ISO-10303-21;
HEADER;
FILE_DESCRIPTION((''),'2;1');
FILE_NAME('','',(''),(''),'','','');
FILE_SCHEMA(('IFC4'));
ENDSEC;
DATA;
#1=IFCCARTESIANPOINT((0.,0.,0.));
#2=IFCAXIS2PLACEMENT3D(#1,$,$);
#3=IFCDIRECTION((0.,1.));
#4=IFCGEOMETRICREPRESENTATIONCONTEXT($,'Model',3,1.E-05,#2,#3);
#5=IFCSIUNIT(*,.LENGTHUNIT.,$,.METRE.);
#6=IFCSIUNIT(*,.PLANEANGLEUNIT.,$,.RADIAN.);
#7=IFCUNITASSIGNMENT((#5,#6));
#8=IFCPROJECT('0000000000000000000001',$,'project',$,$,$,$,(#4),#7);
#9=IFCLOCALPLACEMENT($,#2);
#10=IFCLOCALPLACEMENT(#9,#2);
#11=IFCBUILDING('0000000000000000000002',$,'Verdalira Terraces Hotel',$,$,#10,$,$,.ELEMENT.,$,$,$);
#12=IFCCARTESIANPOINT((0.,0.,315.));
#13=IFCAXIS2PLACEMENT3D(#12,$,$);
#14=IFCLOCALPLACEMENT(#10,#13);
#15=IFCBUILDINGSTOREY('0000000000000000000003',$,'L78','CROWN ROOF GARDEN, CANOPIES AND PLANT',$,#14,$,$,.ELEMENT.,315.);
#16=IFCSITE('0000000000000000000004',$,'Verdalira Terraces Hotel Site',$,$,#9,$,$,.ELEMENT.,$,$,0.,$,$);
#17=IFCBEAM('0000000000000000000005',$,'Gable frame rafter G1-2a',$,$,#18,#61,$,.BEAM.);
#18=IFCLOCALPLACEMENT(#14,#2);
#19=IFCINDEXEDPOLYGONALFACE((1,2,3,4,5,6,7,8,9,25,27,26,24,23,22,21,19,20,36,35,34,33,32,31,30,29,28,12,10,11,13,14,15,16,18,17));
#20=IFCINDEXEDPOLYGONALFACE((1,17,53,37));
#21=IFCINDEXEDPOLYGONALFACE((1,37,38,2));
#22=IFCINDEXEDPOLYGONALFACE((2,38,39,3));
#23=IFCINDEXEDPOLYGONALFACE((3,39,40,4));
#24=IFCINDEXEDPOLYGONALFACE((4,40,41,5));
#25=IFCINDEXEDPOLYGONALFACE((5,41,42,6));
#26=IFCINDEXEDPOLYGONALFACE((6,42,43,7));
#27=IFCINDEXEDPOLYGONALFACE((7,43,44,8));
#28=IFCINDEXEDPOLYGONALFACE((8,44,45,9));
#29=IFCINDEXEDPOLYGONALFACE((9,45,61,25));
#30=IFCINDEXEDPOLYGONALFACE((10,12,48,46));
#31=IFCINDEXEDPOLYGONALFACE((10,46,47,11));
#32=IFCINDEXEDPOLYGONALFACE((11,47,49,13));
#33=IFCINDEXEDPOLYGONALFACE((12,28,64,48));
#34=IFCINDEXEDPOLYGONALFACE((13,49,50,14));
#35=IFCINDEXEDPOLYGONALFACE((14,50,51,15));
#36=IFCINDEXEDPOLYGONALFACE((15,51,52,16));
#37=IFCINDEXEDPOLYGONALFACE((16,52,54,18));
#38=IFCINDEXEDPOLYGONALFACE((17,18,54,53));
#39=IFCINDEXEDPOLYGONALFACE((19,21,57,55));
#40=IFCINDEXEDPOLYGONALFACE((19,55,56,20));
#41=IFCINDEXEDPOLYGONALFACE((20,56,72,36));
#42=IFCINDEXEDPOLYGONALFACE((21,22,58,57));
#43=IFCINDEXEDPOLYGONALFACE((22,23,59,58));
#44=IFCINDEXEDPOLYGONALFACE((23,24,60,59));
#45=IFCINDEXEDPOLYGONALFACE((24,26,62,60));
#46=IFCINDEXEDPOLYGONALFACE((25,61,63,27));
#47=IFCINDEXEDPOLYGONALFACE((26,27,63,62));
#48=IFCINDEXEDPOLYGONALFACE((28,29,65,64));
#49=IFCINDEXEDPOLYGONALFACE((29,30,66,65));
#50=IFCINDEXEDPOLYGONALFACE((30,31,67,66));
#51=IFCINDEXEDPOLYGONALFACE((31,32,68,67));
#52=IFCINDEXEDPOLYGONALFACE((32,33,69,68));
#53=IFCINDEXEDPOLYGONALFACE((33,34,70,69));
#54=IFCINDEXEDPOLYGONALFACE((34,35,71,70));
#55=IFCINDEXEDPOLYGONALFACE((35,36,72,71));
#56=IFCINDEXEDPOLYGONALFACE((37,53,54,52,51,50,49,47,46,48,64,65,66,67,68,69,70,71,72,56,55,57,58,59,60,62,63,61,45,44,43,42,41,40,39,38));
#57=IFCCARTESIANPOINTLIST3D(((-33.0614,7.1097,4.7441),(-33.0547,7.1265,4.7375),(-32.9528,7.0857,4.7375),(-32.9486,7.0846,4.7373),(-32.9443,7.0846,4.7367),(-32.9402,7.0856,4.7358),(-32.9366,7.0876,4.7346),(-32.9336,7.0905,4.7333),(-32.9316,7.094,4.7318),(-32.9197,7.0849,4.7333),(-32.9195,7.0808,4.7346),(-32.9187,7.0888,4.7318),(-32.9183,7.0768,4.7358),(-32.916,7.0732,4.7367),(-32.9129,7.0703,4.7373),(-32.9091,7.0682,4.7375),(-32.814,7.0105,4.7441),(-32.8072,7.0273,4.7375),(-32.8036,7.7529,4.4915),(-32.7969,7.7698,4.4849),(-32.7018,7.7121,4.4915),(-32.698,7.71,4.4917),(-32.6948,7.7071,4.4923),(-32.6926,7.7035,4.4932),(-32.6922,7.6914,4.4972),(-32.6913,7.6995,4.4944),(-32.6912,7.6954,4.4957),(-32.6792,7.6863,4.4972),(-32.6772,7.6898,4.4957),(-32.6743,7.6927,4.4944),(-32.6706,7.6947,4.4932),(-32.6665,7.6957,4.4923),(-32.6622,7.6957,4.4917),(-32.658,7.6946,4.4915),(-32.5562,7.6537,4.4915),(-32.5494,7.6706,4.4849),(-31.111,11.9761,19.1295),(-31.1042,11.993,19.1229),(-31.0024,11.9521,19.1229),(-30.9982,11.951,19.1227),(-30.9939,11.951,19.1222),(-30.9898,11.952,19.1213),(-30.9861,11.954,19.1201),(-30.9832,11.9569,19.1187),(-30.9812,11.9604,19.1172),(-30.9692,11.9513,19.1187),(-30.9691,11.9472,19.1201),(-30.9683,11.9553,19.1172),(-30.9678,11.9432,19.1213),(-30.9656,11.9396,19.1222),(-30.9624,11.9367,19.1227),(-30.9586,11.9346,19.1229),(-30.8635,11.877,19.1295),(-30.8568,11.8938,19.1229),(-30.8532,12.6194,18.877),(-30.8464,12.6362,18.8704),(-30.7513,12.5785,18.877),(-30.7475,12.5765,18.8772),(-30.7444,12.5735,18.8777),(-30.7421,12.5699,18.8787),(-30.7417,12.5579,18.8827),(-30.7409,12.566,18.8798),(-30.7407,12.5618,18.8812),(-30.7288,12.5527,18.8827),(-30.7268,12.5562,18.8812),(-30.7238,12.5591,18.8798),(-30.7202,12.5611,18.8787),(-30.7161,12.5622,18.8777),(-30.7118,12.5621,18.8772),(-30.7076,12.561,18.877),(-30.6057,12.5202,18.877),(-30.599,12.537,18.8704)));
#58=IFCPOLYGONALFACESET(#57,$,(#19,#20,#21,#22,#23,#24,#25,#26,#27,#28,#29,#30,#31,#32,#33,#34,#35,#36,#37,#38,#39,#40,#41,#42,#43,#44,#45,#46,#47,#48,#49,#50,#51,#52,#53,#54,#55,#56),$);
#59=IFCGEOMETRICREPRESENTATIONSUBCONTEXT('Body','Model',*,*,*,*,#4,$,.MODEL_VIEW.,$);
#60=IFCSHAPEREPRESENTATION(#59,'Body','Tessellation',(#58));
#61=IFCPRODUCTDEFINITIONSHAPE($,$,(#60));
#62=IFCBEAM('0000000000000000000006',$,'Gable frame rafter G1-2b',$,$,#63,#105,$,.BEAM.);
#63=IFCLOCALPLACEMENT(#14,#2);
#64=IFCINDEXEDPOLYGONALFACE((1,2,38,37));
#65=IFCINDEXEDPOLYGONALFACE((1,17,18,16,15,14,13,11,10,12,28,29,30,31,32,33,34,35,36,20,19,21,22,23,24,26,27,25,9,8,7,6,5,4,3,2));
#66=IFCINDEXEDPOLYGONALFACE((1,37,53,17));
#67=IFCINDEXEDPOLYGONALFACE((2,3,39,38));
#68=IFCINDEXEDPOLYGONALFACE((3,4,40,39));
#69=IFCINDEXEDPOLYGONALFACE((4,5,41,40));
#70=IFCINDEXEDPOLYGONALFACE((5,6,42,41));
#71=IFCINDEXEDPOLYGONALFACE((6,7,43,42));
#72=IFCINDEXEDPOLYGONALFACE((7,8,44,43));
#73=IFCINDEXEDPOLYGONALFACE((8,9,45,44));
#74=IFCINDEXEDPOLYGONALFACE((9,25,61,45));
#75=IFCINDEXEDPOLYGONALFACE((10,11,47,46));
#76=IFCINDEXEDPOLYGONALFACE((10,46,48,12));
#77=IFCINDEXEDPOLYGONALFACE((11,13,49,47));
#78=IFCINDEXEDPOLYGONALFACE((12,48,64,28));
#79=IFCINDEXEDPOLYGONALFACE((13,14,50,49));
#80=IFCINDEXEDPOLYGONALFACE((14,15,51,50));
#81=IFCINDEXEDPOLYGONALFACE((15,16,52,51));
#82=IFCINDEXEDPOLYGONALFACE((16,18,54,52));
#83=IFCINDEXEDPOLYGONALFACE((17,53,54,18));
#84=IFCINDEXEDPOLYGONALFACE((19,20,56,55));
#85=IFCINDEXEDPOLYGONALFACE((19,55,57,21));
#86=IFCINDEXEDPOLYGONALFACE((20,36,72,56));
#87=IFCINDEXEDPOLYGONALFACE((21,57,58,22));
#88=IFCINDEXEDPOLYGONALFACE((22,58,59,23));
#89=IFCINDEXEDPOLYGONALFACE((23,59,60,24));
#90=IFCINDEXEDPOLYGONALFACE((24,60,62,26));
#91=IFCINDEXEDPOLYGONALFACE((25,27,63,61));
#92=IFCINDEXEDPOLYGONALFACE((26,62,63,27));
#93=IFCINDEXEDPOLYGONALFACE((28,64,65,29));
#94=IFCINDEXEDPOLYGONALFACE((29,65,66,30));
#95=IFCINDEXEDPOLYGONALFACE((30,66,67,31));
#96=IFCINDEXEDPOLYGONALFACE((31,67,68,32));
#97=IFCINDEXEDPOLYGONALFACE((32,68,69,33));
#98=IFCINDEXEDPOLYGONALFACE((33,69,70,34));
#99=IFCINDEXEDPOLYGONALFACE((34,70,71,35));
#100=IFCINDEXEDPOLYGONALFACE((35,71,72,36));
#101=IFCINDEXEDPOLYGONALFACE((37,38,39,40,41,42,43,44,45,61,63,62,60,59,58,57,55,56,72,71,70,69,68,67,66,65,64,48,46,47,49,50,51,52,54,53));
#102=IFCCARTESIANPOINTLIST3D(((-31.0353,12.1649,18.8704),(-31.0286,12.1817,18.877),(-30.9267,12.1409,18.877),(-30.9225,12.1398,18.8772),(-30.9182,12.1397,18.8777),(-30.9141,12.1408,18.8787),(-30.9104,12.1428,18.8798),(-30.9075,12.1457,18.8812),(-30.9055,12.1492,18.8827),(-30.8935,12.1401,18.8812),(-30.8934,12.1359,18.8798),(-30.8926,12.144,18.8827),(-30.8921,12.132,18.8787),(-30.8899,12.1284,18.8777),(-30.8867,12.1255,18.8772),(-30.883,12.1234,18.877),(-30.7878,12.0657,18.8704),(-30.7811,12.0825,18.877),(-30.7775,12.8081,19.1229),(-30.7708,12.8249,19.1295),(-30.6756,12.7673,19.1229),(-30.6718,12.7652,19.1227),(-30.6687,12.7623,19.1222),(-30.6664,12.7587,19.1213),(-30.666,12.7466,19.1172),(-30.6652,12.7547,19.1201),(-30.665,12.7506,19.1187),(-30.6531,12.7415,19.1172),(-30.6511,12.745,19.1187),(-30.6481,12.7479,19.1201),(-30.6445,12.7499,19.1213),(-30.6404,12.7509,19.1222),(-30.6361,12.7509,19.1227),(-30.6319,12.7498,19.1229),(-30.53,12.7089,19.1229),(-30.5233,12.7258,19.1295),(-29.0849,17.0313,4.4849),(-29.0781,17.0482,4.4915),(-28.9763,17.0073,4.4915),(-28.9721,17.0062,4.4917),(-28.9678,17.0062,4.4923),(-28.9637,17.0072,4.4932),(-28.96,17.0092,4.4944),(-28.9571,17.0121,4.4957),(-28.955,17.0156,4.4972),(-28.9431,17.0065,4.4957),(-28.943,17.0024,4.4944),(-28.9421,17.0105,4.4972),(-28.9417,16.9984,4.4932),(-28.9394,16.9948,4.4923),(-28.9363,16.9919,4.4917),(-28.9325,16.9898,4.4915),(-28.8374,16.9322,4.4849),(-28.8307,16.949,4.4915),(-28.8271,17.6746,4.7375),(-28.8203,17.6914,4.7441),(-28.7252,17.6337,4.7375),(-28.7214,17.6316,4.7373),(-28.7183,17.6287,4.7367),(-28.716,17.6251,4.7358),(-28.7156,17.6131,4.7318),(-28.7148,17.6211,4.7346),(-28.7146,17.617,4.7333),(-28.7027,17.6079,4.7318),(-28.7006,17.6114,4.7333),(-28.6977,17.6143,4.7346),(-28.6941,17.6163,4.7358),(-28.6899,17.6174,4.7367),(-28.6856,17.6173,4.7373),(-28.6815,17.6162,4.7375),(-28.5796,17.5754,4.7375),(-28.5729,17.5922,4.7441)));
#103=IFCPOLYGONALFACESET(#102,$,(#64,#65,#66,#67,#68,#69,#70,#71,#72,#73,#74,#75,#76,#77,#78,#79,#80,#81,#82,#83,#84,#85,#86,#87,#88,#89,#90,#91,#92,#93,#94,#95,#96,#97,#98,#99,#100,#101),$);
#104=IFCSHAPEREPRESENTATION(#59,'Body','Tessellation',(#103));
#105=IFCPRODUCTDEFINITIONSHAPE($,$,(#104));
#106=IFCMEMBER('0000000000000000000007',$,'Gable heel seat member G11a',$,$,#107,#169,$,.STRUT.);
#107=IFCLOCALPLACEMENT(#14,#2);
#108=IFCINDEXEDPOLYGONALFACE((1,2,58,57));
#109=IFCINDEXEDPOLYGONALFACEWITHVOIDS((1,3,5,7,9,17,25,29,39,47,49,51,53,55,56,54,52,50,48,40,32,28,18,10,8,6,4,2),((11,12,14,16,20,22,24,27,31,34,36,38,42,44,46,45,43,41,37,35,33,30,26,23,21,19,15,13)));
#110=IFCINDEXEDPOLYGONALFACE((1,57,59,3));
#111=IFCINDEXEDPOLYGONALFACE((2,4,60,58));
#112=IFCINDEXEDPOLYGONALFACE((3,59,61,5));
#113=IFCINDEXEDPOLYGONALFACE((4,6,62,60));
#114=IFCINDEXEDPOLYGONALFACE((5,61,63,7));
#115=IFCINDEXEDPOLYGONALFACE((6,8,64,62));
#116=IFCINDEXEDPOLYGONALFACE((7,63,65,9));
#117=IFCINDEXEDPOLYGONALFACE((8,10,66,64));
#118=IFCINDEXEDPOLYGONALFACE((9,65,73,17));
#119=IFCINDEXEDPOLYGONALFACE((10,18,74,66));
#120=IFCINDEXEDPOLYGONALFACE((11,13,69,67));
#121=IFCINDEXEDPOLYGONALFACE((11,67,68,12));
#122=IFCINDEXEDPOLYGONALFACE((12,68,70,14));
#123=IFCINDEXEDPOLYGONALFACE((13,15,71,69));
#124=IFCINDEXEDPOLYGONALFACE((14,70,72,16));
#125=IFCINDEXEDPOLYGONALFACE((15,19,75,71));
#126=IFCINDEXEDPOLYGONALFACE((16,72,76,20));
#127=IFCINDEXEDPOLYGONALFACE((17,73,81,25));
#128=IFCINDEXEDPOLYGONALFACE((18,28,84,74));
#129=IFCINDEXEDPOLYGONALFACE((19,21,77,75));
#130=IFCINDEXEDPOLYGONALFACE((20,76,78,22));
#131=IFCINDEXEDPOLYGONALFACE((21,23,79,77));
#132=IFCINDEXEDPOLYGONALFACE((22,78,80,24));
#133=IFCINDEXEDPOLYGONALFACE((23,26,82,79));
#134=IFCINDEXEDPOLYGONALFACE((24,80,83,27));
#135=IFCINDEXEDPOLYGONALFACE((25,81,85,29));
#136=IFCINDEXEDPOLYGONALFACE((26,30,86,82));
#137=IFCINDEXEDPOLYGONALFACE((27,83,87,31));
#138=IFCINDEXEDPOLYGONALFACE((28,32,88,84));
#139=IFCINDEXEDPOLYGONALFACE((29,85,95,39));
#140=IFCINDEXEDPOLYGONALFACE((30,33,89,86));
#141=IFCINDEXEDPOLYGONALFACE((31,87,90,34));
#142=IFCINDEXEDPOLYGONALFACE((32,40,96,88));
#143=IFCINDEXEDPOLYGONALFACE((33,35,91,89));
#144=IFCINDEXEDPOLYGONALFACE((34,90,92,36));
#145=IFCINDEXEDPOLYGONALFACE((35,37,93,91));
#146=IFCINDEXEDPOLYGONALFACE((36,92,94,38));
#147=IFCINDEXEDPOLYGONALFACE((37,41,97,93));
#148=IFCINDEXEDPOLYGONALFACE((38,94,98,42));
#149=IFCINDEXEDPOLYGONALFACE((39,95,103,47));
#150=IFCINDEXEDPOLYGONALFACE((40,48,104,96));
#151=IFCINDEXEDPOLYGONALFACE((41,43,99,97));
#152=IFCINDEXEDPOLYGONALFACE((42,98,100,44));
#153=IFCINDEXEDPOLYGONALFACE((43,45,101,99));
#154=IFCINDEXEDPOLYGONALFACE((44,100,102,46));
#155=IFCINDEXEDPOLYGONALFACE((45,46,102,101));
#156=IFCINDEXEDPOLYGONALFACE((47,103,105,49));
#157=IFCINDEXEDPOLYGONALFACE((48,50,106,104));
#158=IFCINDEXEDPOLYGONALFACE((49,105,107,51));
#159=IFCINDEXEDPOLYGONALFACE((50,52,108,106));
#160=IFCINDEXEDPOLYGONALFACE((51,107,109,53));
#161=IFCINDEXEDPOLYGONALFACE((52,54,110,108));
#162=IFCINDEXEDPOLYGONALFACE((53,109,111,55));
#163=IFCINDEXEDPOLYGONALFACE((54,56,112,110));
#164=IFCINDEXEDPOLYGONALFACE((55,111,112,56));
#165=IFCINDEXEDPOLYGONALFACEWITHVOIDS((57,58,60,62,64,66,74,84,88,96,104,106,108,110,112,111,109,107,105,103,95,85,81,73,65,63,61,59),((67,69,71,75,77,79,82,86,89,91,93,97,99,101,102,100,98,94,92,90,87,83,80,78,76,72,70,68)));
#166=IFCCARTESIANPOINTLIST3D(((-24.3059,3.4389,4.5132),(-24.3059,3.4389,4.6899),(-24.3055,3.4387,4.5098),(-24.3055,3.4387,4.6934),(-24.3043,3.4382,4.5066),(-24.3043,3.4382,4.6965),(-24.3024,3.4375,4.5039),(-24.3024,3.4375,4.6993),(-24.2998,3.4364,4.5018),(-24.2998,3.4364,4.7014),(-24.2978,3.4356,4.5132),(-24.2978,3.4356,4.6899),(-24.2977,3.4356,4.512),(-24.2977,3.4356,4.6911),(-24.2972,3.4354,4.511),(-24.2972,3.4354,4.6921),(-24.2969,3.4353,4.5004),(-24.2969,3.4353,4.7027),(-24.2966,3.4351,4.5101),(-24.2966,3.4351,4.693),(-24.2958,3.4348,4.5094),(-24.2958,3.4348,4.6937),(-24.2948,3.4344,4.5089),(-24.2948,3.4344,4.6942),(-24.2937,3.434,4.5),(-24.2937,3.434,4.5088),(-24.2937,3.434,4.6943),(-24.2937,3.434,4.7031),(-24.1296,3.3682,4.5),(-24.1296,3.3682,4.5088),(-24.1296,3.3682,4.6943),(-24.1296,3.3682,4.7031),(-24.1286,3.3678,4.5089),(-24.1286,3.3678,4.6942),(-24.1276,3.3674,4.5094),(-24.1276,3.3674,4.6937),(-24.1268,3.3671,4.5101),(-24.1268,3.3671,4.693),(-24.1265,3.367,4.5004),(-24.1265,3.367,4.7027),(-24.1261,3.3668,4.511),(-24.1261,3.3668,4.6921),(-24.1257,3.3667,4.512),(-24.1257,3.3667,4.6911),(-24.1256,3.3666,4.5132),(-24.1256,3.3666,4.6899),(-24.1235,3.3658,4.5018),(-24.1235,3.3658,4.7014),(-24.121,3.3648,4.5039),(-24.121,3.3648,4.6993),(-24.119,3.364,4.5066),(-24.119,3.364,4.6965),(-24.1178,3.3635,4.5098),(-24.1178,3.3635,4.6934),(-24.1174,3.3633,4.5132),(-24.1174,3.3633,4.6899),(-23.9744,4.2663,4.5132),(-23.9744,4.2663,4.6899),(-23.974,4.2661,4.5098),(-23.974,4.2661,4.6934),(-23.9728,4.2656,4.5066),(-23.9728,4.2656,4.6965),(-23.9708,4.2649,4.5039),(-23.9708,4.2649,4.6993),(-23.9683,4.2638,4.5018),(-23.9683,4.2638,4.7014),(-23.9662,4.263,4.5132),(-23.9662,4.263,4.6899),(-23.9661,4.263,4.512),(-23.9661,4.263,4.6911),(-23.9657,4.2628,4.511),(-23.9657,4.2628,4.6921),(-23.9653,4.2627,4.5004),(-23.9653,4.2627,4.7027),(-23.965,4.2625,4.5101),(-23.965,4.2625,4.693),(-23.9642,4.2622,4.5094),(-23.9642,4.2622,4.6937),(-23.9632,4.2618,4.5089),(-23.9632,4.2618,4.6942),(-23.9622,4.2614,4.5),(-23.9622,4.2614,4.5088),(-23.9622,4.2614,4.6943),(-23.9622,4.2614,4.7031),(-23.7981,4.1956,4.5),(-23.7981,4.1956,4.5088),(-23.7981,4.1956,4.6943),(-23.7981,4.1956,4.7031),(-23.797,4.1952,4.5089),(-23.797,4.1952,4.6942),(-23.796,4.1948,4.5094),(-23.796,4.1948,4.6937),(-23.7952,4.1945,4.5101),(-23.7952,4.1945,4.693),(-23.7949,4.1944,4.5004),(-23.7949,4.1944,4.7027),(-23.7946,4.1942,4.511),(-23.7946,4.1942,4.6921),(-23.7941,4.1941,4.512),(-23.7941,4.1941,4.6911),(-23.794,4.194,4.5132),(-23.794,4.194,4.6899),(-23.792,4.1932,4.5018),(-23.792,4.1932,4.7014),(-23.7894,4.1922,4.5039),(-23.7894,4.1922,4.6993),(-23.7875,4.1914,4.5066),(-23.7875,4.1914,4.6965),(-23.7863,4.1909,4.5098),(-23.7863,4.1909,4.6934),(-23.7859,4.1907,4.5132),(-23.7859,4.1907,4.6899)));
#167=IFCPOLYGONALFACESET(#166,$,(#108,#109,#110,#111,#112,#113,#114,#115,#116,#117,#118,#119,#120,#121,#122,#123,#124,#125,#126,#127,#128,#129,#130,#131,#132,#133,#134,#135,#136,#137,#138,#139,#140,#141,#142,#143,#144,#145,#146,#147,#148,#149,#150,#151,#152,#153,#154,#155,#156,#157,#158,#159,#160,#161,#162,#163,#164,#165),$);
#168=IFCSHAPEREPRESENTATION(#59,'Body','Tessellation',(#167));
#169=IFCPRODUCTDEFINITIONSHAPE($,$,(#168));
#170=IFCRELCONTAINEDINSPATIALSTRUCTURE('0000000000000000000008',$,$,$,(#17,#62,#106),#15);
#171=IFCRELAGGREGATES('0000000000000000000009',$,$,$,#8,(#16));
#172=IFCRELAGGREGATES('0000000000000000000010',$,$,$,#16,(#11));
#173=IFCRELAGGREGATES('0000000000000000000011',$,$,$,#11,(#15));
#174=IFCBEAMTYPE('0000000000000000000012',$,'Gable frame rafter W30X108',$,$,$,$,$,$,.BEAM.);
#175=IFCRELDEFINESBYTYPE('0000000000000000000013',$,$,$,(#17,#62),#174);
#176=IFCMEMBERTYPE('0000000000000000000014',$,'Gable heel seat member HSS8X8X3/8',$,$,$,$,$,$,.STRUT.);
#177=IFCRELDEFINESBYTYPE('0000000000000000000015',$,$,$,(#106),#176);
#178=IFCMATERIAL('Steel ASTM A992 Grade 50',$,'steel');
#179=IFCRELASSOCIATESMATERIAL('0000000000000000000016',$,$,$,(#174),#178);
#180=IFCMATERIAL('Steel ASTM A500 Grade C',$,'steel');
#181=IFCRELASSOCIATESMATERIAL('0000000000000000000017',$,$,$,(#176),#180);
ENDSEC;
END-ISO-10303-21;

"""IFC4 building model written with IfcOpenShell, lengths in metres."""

from ifc_helpers import new_model, si_unit, direction, frame, origin, origin_2d, place, context, subcontext, project, spatial, hollow_rectangle, i_section, extrude, material, material_profile, profile_set, type_object, element, save


model = new_model("IFC4")

# Units and contexts
model_context = context("Model", 3, precision=1e-05, world=origin(), true_north=direction((0.0, 1.0)))
body_context = subcontext(model_context, "Body", "Model", "MODEL_VIEW")
ifc_project = project(units=[si_unit("LENGTHUNIT", "METRE"), si_unit("PLANEANGLEUNIT", "RADIAN")], contexts=[model_context])

# Site, building, storey
site_placement = place(None, origin())
site = spatial("IfcSite", under=ifc_project, at=site_placement, Name="Verdalira Terraces Hotel Site", CompositionType="ELEMENT", RefElevation=0.0)
building_placement = place(site_placement, origin())
building = spatial("IfcBuilding", under=site, at=building_placement, Name="Verdalira Terraces Hotel", CompositionType="ELEMENT")
storey_placement = place(building_placement, frame((0.0, 0.0, 315.0)))
storey = spatial("IfcBuildingStorey", under=building, at=storey_placement, Name="L78", Description="CROWN ROOF GARDEN, CANOPIES AND PLANT", CompositionType="ELEMENT", Elevation=315.0)

# Beams
ifc_material_1 = material(Name="Steel ASTM A992 Grade 50", Category="steel")
ifc_material_profile_1 = material_profile(ifc_material_1, i_section(OverallWidth=0.2666, OverallDepth=0.7568, WebThickness=0.0139, FlangeThickness=0.0193, FilletRadius=0.0166, at=origin_2d()), Name="W30X108")
ifc_profile_set_1 = profile_set([ifc_material_profile_1], Name="Steel ASTM A992 Grade 50")
beam_type_1 = type_object("IfcBeamType", Name="Gable frame rafter W30X108", PredefinedType="BEAM", material=ifc_profile_set_1)
for number, where, z_axis, x_axis, name in (
    (1, (-32.8054, 7.3901, 4.6145), (0.127387, 0.317839, 0.939548), (-0.928223, 0.372025, 0.0), "Gable frame rafter G1-2a"),
    (2, (-28.8289, 17.3118, 4.6145), (-0.127387, -0.317839, 0.939548), (0.928223, -0.372025, 0.0), "Gable frame rafter G1-2b"),
):
    element("IfcBeam", number, at=place(storey_placement, frame(where, z_axis=z_axis, x_axis=x_axis)), inside=storey, type_object=beam_type_1, Name=name, PredefinedType="BEAM", context=body_context, shape_type="SweptSolid", body=[
        extrude(i_section(OverallWidth=0.2666, OverallDepth=0.7568, WebThickness=0.0139, FlangeThickness=0.0193, FilletRadius=0.0166, at=origin_2d()), origin(), (0.0, 0.0, 1.0), 15.311),
    ])

# Member
ifc_material_2 = material(Name="Steel ASTM A500 Grade C", Category="steel")
ifc_material_profile_2 = material_profile(ifc_material_2, hollow_rectangle(XDim=0.2031, YDim=0.2031, WallThickness=0.0088, InnerFilletRadius=0.0044, OuterFilletRadius=0.0132, at=origin_2d()), Name="HSS8X8X3/8")
ifc_profile_set_2 = profile_set([ifc_material_profile_2], Name="Steel ASTM A500 Grade C")
member_type_1 = type_object("IfcMemberType", Name="Gable heel seat member HSS8X8X3/8", PredefinedType="STRUT", material=ifc_profile_set_2)
member_1_placement = place(storey_placement, frame((-23.8801, 4.2285, 4.6016), z_axis=(-0.371957, -0.92825, 0.0), x_axis=(0.92825, -0.371957, 0.0)))
element("IfcMember", 3, at=member_1_placement, inside=storey, type_object=member_type_1, Name="Gable heel seat member G11a", PredefinedType="STRUT", context=body_context, shape_type="SweptSolid", body=[
    extrude(hollow_rectangle(XDim=0.2031, YDim=0.2031, WallThickness=0.0088, InnerFilletRadius=0.0044, OuterFilletRadius=0.0132, at=origin_2d()), origin(), (0.0, 0.0, 1.0), 0.8914),
])

save(model, "model.ifc")
